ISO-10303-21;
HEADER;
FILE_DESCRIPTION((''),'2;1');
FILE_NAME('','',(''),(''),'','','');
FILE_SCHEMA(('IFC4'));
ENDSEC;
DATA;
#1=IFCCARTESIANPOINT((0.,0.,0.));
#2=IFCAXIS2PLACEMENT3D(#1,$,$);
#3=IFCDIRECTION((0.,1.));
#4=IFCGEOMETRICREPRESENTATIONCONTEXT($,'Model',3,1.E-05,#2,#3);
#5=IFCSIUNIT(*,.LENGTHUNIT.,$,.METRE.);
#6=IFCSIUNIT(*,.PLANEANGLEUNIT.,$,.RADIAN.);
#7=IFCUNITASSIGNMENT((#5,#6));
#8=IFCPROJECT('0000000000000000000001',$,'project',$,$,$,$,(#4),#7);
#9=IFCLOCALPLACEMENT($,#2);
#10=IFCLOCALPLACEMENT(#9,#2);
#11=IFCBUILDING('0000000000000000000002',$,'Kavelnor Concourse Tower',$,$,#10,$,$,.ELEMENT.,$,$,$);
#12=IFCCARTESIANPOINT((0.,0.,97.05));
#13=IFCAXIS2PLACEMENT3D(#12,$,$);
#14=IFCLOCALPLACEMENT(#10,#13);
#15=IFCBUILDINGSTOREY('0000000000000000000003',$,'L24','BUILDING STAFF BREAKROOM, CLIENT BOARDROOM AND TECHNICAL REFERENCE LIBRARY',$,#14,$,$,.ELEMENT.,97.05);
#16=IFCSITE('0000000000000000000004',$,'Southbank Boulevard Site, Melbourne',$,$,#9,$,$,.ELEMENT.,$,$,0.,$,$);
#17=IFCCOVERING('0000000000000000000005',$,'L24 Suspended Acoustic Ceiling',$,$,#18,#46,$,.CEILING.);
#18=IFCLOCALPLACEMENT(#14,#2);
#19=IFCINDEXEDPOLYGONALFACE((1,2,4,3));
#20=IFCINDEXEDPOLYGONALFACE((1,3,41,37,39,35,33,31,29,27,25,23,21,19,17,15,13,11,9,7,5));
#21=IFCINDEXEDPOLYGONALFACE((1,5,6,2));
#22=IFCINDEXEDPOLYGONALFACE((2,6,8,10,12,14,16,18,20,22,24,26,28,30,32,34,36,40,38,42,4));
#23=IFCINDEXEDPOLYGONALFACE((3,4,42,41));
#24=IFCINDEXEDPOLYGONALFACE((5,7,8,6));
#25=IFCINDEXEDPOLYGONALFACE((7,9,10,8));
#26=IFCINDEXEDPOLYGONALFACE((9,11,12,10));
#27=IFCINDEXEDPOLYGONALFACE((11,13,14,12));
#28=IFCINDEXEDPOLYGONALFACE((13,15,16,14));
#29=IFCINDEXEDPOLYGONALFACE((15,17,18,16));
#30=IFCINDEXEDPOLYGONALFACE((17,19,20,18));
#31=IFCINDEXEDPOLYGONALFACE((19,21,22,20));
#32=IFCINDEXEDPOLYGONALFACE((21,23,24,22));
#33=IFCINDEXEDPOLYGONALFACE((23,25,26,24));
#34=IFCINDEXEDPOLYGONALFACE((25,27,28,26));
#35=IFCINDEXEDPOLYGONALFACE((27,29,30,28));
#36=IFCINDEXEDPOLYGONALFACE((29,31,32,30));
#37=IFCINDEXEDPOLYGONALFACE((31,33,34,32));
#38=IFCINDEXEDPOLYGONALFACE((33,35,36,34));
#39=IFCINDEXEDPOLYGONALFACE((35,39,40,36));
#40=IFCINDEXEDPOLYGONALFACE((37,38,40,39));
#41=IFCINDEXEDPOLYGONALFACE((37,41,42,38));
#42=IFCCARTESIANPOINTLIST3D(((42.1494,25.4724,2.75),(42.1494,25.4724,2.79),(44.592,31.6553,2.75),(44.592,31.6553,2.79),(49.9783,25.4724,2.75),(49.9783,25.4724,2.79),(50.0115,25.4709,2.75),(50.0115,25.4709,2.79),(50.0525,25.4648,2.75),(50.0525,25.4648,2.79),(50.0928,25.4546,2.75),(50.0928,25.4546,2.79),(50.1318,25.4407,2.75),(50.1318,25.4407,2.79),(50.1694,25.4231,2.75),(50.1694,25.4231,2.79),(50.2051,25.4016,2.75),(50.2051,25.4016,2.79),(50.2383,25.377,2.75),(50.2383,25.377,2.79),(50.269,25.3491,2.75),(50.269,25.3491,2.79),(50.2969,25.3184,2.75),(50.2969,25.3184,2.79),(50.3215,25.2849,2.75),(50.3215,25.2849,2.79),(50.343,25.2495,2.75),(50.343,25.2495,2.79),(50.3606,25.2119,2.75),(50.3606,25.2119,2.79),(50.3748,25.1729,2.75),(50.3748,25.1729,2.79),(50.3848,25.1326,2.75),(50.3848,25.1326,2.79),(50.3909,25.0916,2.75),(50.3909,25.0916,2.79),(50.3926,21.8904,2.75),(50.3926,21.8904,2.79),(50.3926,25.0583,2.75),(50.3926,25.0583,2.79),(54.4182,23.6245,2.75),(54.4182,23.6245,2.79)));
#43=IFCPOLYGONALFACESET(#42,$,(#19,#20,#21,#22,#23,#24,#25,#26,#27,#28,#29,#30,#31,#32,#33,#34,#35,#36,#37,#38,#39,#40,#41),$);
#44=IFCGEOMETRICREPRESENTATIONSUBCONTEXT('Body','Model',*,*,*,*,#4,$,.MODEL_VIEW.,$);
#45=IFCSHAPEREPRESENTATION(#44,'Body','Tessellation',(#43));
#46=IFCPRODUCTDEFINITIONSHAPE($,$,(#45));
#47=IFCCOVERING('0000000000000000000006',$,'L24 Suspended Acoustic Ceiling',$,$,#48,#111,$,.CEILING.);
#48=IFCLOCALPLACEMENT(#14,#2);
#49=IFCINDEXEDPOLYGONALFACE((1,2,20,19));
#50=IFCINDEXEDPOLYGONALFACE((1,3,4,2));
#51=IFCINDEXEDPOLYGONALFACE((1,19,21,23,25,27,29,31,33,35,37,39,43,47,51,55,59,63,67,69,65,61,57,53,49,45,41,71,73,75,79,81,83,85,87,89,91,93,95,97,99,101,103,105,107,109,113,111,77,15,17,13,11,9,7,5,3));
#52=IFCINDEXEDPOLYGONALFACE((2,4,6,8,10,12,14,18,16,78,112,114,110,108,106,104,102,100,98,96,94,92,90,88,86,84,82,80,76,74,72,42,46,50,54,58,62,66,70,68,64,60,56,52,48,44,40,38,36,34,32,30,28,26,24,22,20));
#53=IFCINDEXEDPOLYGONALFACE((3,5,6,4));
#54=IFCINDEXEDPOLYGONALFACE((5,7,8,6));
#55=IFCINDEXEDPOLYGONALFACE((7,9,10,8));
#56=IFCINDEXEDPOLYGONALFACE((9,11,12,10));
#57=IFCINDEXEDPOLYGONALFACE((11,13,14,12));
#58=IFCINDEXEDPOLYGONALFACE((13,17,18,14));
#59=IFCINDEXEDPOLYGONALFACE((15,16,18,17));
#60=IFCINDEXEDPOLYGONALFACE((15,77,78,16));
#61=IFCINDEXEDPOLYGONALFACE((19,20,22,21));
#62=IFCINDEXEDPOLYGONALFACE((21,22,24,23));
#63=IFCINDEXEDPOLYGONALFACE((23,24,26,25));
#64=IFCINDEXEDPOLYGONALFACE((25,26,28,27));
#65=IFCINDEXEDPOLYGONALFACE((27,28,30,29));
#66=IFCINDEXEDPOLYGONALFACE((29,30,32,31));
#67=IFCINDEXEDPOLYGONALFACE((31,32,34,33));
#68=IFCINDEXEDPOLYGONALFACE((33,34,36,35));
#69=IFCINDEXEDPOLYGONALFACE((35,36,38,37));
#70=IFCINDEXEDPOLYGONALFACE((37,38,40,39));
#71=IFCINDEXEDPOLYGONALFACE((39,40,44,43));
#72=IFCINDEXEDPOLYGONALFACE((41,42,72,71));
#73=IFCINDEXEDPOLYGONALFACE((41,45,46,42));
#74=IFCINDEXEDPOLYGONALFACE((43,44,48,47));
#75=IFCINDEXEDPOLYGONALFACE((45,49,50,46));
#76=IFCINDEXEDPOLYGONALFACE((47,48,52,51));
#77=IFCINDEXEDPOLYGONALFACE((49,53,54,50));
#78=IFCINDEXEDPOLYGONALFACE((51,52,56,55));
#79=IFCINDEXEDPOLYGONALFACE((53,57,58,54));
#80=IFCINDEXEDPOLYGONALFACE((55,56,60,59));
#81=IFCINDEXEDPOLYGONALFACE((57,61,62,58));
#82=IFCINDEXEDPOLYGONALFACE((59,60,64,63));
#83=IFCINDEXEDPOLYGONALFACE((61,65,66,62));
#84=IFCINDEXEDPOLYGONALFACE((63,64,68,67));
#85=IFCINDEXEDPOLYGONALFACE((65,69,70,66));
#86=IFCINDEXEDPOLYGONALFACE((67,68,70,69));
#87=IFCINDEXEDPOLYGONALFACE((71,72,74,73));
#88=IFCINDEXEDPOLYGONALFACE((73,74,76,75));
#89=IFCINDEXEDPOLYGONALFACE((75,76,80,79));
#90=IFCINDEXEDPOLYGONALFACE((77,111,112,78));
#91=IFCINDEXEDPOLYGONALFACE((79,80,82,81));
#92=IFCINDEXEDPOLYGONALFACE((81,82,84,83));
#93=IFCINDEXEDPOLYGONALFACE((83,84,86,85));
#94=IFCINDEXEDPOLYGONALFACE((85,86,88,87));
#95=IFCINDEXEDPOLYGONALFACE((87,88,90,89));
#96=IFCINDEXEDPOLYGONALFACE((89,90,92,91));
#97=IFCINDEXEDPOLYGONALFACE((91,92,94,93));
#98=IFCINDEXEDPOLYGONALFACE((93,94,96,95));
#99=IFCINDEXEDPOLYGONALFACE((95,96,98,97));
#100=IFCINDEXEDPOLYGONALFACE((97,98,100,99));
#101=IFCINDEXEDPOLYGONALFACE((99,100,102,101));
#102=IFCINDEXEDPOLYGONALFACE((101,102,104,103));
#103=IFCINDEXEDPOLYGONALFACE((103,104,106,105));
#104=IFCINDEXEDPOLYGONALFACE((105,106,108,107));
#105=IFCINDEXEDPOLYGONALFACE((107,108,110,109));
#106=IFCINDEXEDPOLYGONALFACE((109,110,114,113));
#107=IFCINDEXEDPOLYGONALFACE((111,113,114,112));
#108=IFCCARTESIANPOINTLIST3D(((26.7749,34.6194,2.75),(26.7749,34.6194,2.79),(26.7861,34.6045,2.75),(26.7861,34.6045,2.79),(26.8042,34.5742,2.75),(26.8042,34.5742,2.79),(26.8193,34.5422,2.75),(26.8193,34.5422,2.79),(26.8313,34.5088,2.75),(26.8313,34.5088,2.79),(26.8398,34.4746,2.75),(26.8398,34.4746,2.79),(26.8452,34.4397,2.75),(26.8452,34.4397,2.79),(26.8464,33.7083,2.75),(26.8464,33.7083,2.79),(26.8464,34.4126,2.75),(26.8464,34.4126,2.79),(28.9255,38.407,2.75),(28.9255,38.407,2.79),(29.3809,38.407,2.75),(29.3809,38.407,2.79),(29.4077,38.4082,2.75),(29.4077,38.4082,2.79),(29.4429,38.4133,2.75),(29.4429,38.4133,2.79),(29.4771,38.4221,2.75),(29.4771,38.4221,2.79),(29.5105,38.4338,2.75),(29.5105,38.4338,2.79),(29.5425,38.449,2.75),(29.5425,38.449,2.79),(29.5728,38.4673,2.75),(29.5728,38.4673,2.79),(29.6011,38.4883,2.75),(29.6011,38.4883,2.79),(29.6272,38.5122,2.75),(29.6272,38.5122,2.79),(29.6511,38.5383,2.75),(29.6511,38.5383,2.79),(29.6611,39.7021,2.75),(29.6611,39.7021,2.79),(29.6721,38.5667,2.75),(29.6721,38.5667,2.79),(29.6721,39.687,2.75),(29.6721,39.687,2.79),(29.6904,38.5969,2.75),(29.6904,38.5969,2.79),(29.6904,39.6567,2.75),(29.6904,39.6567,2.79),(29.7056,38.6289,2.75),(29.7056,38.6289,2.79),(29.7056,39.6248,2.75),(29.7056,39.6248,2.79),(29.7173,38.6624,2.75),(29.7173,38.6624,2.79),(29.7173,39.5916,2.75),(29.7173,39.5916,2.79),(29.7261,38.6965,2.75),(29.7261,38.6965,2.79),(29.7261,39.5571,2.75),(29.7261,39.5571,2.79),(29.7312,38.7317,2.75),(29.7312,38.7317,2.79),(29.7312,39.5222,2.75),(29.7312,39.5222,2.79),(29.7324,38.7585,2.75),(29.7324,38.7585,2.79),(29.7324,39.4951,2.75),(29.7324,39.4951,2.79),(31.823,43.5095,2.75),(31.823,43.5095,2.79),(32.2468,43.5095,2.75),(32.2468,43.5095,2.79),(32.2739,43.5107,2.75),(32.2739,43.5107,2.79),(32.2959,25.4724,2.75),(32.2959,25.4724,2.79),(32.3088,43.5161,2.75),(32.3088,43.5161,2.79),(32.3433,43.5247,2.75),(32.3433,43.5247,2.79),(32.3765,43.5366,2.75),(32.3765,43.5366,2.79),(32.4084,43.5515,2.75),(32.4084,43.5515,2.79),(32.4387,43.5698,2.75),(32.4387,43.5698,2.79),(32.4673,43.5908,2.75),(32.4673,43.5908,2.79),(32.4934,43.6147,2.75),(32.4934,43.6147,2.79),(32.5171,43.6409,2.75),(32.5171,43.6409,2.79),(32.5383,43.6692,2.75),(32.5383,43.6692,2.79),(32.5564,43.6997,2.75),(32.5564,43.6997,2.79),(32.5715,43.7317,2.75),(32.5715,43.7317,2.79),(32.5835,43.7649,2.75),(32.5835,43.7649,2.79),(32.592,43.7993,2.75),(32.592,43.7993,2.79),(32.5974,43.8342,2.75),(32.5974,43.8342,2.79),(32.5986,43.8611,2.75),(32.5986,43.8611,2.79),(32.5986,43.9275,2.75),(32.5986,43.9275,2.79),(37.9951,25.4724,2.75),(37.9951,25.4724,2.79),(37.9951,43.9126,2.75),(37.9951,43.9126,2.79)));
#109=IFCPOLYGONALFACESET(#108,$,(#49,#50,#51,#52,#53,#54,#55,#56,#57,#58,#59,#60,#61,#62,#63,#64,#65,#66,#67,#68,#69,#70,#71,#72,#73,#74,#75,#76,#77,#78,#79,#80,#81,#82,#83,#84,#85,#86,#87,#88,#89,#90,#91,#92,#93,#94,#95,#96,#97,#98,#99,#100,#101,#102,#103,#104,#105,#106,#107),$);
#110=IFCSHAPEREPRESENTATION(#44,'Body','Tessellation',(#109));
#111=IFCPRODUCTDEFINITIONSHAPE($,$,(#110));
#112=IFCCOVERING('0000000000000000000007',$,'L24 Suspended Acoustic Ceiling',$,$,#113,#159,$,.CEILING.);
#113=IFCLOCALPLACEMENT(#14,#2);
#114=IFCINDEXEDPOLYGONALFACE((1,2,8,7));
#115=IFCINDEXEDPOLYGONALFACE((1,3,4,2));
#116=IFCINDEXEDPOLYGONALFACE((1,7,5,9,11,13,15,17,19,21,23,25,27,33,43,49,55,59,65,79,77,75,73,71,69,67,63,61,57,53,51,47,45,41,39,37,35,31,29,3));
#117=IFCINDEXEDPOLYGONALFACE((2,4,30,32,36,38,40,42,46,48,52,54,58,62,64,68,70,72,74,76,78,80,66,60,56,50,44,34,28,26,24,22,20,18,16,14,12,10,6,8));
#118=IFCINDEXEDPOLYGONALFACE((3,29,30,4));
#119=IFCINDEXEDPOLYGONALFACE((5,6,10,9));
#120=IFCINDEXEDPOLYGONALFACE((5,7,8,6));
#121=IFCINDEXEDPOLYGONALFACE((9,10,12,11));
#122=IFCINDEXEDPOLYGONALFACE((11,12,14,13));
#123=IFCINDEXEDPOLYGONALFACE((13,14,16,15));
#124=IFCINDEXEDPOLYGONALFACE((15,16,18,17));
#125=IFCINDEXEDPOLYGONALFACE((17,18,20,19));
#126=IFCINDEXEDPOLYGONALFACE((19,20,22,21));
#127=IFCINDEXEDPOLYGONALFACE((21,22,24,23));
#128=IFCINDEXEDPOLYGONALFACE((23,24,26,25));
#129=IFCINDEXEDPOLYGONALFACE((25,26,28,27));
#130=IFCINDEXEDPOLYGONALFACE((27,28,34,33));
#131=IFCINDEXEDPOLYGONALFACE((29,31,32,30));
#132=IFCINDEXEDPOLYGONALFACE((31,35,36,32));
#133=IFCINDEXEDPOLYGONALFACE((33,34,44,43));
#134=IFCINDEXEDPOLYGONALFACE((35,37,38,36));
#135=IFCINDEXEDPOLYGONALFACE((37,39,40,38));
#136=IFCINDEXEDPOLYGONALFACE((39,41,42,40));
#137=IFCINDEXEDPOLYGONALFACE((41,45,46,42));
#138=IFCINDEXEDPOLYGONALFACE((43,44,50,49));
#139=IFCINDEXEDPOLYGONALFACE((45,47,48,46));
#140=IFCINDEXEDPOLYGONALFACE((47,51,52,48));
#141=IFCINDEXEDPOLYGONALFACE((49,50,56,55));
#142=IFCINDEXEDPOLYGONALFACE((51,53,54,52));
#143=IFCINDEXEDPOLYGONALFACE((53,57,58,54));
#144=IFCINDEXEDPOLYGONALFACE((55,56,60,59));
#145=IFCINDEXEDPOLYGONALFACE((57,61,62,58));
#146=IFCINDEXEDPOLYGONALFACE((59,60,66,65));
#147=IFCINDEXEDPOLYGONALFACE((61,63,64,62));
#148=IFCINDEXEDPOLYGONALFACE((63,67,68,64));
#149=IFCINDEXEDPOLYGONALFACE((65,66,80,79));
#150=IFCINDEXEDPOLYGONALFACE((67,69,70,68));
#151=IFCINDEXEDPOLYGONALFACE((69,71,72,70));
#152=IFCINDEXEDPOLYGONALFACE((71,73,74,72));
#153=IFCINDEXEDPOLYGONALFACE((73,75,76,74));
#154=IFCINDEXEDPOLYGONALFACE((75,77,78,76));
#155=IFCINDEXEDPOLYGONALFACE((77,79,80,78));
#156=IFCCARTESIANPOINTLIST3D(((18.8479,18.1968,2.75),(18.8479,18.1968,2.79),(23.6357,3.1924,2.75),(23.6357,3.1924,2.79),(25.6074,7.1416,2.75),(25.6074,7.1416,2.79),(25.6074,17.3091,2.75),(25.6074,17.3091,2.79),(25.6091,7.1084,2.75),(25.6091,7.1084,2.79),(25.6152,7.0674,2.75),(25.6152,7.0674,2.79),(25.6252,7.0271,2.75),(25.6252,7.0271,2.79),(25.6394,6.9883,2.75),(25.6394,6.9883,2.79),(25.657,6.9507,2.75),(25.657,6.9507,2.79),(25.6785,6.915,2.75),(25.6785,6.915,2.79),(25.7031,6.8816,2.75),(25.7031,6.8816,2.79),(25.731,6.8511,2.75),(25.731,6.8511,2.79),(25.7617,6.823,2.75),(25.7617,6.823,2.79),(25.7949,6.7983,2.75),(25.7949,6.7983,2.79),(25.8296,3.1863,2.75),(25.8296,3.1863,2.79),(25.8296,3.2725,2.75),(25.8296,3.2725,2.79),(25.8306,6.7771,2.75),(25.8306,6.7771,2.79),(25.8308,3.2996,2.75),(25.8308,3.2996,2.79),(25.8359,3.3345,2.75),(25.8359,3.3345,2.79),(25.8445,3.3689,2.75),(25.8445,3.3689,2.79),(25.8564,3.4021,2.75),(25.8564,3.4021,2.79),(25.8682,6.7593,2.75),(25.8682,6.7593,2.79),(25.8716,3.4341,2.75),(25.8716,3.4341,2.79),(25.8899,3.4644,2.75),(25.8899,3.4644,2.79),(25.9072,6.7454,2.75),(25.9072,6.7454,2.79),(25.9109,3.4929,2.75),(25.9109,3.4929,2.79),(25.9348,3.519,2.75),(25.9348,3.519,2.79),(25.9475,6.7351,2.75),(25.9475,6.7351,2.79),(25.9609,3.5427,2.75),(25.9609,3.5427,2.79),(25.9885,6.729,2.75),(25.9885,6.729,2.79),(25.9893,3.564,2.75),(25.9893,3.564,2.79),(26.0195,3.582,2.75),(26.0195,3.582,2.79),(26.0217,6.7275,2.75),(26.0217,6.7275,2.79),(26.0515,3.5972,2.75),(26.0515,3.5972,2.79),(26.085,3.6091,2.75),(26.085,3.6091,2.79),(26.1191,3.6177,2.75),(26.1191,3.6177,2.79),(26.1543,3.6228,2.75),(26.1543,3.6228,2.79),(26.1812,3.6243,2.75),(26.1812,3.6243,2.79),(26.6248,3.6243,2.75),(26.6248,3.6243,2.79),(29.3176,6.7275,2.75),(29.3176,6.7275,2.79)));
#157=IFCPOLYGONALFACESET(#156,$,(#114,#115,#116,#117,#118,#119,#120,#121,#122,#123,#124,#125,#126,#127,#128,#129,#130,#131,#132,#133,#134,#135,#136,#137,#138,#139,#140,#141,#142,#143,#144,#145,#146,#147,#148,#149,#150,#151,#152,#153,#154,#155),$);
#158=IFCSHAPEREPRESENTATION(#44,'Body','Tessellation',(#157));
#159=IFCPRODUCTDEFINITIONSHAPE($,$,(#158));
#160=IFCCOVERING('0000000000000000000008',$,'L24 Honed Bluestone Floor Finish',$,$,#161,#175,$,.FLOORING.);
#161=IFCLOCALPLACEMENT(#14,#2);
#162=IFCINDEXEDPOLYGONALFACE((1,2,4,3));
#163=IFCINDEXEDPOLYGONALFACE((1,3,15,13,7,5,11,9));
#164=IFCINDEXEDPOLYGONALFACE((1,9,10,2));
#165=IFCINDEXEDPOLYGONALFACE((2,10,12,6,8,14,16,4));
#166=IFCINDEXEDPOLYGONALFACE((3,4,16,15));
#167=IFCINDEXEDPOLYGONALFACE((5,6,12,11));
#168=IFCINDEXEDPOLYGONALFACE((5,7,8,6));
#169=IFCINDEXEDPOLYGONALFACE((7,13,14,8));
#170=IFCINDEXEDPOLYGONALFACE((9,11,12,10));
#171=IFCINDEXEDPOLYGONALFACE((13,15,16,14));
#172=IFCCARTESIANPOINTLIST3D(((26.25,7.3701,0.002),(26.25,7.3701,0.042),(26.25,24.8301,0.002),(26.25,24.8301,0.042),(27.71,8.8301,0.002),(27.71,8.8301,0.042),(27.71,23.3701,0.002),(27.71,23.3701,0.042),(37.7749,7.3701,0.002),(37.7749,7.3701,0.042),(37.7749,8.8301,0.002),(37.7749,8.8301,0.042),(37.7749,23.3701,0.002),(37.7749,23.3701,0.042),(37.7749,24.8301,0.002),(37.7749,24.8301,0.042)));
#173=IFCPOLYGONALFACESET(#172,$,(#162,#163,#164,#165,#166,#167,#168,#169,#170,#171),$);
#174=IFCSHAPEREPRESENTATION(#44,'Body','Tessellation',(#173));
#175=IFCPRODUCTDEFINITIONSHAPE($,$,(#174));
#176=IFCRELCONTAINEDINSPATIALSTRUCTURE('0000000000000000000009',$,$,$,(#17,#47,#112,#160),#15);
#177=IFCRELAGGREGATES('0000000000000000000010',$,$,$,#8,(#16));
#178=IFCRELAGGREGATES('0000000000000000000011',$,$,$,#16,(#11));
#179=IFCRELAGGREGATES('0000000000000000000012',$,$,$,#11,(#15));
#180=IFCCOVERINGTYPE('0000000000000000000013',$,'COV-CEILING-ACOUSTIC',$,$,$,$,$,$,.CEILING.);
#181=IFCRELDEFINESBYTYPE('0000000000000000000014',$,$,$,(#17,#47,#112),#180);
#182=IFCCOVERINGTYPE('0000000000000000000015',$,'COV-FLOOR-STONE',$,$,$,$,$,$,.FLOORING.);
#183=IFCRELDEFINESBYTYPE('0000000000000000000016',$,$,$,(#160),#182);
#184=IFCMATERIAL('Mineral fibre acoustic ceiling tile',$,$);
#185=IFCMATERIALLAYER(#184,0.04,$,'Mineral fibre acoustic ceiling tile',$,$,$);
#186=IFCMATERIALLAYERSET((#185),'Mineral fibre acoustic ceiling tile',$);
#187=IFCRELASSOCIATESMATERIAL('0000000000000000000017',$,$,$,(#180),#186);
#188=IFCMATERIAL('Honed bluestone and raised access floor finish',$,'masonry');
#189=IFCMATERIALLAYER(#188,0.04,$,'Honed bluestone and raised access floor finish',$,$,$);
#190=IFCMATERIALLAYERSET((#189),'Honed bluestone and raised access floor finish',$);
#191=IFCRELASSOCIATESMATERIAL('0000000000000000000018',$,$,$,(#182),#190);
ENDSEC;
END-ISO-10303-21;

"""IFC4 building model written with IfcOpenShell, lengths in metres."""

from ifc_helpers import new_model, si_unit, direction, frame, origin, place, context, subcontext, project, spatial, polyline, outline, extrude, material, layer, layer_set, type_object, element, save


model = new_model("IFC4")

# Units and contexts
model_context = context("Model", 3, precision=1e-05, world=origin(), true_north=direction((0.0, 1.0)))
body_context = subcontext(model_context, "Body", "Model", "MODEL_VIEW")
ifc_project = project(units=[si_unit("LENGTHUNIT", "METRE"), si_unit("PLANEANGLEUNIT", "RADIAN")], contexts=[model_context])

# Site, building, storey
site_placement = place(None, origin())
site = spatial("IfcSite", under=ifc_project, at=site_placement, Name="Southbank Boulevard Site, Melbourne", CompositionType="ELEMENT", RefElevation=0.0)
building_placement = place(site_placement, origin())
building = spatial("IfcBuilding", under=site, at=building_placement, Name="Kavelnor Concourse Tower", CompositionType="ELEMENT")
storey_placement = place(building_placement, frame((0.0, 0.0, 97.05)))
storey = spatial("IfcBuildingStorey", under=building, at=storey_placement, Name="L24", Description="BUILDING STAFF BREAKROOM, CLIENT BOARDROOM AND TECHNICAL REFERENCE LIBRARY", CompositionType="ELEMENT", Elevation=97.05)

# Coverings
ifc_material_1 = material(Name="Mineral fibre acoustic ceiling tile")
ifc_layer_1 = layer(ifc_material_1, 0.04, Name="Mineral fibre acoustic ceiling tile")
ifc_layer_set_1 = layer_set([ifc_layer_1], Name="Mineral fibre acoustic ceiling tile")
covering_type_1 = type_object("IfcCoveringType", Name="COV-CEILING-ACOUSTIC", PredefinedType="CEILING", material=ifc_layer_set_1)
covering_1_placement = place(storey_placement, frame((0.0, 0.0, 2.75)))
element("IfcCovering", 1, at=covering_1_placement, inside=storey, type_object=covering_type_1, Name="L24 Suspended Acoustic Ceiling", PredefinedType="CEILING", context=body_context, shape_type="SweptSolid", body=[
    extrude(outline(polyline([(50.3848, 25.1326), (50.3748, 25.1729), (50.3606, 25.2119), (50.343, 25.2495), (50.3215, 25.2849), (50.2969, 25.3184), (50.269, 25.3491), (50.2383, 25.377), (50.2051, 25.4016), (50.1694, 25.4231), (50.1318, 25.4407), (50.0928, 25.4546), (50.0525, 25.4648), (50.0115, 25.4709), (49.9783, 25.4724), (42.1494, 25.4724), (44.592, 31.6553), (54.4182, 23.6245), (50.3926, 21.8904), (50.3926, 25.0583), (50.3909, 25.0916), (50.3848, 25.1326)])), origin(), (0.0, 0.0, 1.0), 0.04),
])
covering_2_placement = place(storey_placement, frame((0.0, 0.0, 2.75)))
element("IfcCovering", 2, at=covering_2_placement, inside=storey, type_object=covering_type_1, Name="L24 Suspended Acoustic Ceiling", PredefinedType="CEILING", context=body_context, shape_type="SweptSolid", body=[
    extrude(outline(polyline([(29.4077, 38.4082), (29.4429, 38.4133), (29.4771, 38.4221), (29.5105, 38.4338), (29.5425, 38.449), (29.5728, 38.4673), (29.6011, 38.4883), (29.6272, 38.5122), (29.6511, 38.5383), (29.6721, 38.5667), (29.6904, 38.5969), (29.7056, 38.6289), (29.7173, 38.6624), (29.7261, 38.6965), (29.7312, 38.7317), (29.7324, 38.7585), (29.7324, 39.4951), (29.7312, 39.5222), (29.7261, 39.5571), (29.7173, 39.5916), (29.7056, 39.6248), (29.6904, 39.6567), (29.6721, 39.687), (29.6611, 39.7021), (31.823, 43.5095), (32.2468, 43.5095), (32.2739, 43.5107), (32.3088, 43.5161), (32.3433, 43.5247), (32.3765, 43.5366), (32.4084, 43.5515), (32.4387, 43.5698), (32.4673, 43.5908), (32.4934, 43.6147), (32.5171, 43.6409), (32.5383, 43.6692), (32.5564, 43.6997), (32.5715, 43.7317), (32.5835, 43.7649), (32.592, 43.7993), (32.5974, 43.8342), (32.5986, 43.8611), (32.5986, 43.9275), (37.9951, 43.9126), (37.9951, 25.4724), (32.2959, 25.4724), (26.8464, 33.7083), (26.8464, 34.4126), (26.8452, 34.4397), (26.8398, 34.4746), (26.8313, 34.5088), (26.8193, 34.5422), (26.8042, 34.5742), (26.7861, 34.6045), (26.7749, 34.6194), (28.9255, 38.407), (29.3809, 38.407), (29.4077, 38.4082)])), origin(), (0.0, 0.0, 1.0), 0.04),
])
covering_3_placement = place(storey_placement, frame((0.0, 0.0, 2.75)))
element("IfcCovering", 3, at=covering_3_placement, inside=storey, type_object=covering_type_1, Name="L24 Suspended Acoustic Ceiling", PredefinedType="CEILING", context=body_context, shape_type="SweptSolid", body=[
    extrude(outline(polyline([(25.6091, 7.1084), (25.6152, 7.0674), (25.6252, 7.0271), (25.6394, 6.9883), (25.657, 6.9507), (25.6785, 6.915), (25.7031, 6.8816), (25.731, 6.8511), (25.7617, 6.823), (25.7949, 6.7983), (25.8306, 6.7771), (25.8682, 6.7593), (25.9072, 6.7454), (25.9475, 6.7351), (25.9885, 6.729), (26.0217, 6.7275), (29.3176, 6.7275), (26.6248, 3.6243), (26.1812, 3.6243), (26.1543, 3.6228), (26.1191, 3.6177), (26.085, 3.6091), (26.0515, 3.5972), (26.0195, 3.582), (25.9893, 3.564), (25.9609, 3.5427), (25.9348, 3.519), (25.9109, 3.4929), (25.8899, 3.4644), (25.8716, 3.4341), (25.8564, 3.4021), (25.8445, 3.3689), (25.8359, 3.3345), (25.8308, 3.2996), (25.8296, 3.2725), (25.8296, 3.1863), (23.6357, 3.1924), (18.8479, 18.1968), (25.6074, 17.3091), (25.6074, 7.1416), (25.6091, 7.1084)])), origin(), (0.0, 0.0, 1.0), 0.04),
])
ifc_material_2 = material(Name="Honed bluestone and raised access floor finish", Category="masonry")
ifc_layer_2 = layer(ifc_material_2, 0.04, Name="Honed bluestone and raised access floor finish")
ifc_layer_set_2 = layer_set([ifc_layer_2], Name="Honed bluestone and raised access floor finish")
covering_type_2 = type_object("IfcCoveringType", Name="COV-FLOOR-STONE", PredefinedType="FLOORING", material=ifc_layer_set_2)
covering_4_placement = place(storey_placement, frame((0.0, 0.0, 0.002)))
element("IfcCovering", 4, at=covering_4_placement, inside=storey, type_object=covering_type_2, Name="L24 Honed Bluestone Floor Finish", PredefinedType="FLOORING", context=body_context, shape_type="SweptSolid", body=[
    extrude(outline(polyline([(26.25, 7.3701), (26.25, 24.8301), (37.7749, 24.8301), (37.7749, 23.3701), (27.71, 23.3701), (27.71, 8.8301), (37.7749, 8.8301), (37.7749, 7.3701), (26.25, 7.3701)])), origin(), (0.0, 0.0, 1.0), 0.04),
])

save(model, "model.ifc")
